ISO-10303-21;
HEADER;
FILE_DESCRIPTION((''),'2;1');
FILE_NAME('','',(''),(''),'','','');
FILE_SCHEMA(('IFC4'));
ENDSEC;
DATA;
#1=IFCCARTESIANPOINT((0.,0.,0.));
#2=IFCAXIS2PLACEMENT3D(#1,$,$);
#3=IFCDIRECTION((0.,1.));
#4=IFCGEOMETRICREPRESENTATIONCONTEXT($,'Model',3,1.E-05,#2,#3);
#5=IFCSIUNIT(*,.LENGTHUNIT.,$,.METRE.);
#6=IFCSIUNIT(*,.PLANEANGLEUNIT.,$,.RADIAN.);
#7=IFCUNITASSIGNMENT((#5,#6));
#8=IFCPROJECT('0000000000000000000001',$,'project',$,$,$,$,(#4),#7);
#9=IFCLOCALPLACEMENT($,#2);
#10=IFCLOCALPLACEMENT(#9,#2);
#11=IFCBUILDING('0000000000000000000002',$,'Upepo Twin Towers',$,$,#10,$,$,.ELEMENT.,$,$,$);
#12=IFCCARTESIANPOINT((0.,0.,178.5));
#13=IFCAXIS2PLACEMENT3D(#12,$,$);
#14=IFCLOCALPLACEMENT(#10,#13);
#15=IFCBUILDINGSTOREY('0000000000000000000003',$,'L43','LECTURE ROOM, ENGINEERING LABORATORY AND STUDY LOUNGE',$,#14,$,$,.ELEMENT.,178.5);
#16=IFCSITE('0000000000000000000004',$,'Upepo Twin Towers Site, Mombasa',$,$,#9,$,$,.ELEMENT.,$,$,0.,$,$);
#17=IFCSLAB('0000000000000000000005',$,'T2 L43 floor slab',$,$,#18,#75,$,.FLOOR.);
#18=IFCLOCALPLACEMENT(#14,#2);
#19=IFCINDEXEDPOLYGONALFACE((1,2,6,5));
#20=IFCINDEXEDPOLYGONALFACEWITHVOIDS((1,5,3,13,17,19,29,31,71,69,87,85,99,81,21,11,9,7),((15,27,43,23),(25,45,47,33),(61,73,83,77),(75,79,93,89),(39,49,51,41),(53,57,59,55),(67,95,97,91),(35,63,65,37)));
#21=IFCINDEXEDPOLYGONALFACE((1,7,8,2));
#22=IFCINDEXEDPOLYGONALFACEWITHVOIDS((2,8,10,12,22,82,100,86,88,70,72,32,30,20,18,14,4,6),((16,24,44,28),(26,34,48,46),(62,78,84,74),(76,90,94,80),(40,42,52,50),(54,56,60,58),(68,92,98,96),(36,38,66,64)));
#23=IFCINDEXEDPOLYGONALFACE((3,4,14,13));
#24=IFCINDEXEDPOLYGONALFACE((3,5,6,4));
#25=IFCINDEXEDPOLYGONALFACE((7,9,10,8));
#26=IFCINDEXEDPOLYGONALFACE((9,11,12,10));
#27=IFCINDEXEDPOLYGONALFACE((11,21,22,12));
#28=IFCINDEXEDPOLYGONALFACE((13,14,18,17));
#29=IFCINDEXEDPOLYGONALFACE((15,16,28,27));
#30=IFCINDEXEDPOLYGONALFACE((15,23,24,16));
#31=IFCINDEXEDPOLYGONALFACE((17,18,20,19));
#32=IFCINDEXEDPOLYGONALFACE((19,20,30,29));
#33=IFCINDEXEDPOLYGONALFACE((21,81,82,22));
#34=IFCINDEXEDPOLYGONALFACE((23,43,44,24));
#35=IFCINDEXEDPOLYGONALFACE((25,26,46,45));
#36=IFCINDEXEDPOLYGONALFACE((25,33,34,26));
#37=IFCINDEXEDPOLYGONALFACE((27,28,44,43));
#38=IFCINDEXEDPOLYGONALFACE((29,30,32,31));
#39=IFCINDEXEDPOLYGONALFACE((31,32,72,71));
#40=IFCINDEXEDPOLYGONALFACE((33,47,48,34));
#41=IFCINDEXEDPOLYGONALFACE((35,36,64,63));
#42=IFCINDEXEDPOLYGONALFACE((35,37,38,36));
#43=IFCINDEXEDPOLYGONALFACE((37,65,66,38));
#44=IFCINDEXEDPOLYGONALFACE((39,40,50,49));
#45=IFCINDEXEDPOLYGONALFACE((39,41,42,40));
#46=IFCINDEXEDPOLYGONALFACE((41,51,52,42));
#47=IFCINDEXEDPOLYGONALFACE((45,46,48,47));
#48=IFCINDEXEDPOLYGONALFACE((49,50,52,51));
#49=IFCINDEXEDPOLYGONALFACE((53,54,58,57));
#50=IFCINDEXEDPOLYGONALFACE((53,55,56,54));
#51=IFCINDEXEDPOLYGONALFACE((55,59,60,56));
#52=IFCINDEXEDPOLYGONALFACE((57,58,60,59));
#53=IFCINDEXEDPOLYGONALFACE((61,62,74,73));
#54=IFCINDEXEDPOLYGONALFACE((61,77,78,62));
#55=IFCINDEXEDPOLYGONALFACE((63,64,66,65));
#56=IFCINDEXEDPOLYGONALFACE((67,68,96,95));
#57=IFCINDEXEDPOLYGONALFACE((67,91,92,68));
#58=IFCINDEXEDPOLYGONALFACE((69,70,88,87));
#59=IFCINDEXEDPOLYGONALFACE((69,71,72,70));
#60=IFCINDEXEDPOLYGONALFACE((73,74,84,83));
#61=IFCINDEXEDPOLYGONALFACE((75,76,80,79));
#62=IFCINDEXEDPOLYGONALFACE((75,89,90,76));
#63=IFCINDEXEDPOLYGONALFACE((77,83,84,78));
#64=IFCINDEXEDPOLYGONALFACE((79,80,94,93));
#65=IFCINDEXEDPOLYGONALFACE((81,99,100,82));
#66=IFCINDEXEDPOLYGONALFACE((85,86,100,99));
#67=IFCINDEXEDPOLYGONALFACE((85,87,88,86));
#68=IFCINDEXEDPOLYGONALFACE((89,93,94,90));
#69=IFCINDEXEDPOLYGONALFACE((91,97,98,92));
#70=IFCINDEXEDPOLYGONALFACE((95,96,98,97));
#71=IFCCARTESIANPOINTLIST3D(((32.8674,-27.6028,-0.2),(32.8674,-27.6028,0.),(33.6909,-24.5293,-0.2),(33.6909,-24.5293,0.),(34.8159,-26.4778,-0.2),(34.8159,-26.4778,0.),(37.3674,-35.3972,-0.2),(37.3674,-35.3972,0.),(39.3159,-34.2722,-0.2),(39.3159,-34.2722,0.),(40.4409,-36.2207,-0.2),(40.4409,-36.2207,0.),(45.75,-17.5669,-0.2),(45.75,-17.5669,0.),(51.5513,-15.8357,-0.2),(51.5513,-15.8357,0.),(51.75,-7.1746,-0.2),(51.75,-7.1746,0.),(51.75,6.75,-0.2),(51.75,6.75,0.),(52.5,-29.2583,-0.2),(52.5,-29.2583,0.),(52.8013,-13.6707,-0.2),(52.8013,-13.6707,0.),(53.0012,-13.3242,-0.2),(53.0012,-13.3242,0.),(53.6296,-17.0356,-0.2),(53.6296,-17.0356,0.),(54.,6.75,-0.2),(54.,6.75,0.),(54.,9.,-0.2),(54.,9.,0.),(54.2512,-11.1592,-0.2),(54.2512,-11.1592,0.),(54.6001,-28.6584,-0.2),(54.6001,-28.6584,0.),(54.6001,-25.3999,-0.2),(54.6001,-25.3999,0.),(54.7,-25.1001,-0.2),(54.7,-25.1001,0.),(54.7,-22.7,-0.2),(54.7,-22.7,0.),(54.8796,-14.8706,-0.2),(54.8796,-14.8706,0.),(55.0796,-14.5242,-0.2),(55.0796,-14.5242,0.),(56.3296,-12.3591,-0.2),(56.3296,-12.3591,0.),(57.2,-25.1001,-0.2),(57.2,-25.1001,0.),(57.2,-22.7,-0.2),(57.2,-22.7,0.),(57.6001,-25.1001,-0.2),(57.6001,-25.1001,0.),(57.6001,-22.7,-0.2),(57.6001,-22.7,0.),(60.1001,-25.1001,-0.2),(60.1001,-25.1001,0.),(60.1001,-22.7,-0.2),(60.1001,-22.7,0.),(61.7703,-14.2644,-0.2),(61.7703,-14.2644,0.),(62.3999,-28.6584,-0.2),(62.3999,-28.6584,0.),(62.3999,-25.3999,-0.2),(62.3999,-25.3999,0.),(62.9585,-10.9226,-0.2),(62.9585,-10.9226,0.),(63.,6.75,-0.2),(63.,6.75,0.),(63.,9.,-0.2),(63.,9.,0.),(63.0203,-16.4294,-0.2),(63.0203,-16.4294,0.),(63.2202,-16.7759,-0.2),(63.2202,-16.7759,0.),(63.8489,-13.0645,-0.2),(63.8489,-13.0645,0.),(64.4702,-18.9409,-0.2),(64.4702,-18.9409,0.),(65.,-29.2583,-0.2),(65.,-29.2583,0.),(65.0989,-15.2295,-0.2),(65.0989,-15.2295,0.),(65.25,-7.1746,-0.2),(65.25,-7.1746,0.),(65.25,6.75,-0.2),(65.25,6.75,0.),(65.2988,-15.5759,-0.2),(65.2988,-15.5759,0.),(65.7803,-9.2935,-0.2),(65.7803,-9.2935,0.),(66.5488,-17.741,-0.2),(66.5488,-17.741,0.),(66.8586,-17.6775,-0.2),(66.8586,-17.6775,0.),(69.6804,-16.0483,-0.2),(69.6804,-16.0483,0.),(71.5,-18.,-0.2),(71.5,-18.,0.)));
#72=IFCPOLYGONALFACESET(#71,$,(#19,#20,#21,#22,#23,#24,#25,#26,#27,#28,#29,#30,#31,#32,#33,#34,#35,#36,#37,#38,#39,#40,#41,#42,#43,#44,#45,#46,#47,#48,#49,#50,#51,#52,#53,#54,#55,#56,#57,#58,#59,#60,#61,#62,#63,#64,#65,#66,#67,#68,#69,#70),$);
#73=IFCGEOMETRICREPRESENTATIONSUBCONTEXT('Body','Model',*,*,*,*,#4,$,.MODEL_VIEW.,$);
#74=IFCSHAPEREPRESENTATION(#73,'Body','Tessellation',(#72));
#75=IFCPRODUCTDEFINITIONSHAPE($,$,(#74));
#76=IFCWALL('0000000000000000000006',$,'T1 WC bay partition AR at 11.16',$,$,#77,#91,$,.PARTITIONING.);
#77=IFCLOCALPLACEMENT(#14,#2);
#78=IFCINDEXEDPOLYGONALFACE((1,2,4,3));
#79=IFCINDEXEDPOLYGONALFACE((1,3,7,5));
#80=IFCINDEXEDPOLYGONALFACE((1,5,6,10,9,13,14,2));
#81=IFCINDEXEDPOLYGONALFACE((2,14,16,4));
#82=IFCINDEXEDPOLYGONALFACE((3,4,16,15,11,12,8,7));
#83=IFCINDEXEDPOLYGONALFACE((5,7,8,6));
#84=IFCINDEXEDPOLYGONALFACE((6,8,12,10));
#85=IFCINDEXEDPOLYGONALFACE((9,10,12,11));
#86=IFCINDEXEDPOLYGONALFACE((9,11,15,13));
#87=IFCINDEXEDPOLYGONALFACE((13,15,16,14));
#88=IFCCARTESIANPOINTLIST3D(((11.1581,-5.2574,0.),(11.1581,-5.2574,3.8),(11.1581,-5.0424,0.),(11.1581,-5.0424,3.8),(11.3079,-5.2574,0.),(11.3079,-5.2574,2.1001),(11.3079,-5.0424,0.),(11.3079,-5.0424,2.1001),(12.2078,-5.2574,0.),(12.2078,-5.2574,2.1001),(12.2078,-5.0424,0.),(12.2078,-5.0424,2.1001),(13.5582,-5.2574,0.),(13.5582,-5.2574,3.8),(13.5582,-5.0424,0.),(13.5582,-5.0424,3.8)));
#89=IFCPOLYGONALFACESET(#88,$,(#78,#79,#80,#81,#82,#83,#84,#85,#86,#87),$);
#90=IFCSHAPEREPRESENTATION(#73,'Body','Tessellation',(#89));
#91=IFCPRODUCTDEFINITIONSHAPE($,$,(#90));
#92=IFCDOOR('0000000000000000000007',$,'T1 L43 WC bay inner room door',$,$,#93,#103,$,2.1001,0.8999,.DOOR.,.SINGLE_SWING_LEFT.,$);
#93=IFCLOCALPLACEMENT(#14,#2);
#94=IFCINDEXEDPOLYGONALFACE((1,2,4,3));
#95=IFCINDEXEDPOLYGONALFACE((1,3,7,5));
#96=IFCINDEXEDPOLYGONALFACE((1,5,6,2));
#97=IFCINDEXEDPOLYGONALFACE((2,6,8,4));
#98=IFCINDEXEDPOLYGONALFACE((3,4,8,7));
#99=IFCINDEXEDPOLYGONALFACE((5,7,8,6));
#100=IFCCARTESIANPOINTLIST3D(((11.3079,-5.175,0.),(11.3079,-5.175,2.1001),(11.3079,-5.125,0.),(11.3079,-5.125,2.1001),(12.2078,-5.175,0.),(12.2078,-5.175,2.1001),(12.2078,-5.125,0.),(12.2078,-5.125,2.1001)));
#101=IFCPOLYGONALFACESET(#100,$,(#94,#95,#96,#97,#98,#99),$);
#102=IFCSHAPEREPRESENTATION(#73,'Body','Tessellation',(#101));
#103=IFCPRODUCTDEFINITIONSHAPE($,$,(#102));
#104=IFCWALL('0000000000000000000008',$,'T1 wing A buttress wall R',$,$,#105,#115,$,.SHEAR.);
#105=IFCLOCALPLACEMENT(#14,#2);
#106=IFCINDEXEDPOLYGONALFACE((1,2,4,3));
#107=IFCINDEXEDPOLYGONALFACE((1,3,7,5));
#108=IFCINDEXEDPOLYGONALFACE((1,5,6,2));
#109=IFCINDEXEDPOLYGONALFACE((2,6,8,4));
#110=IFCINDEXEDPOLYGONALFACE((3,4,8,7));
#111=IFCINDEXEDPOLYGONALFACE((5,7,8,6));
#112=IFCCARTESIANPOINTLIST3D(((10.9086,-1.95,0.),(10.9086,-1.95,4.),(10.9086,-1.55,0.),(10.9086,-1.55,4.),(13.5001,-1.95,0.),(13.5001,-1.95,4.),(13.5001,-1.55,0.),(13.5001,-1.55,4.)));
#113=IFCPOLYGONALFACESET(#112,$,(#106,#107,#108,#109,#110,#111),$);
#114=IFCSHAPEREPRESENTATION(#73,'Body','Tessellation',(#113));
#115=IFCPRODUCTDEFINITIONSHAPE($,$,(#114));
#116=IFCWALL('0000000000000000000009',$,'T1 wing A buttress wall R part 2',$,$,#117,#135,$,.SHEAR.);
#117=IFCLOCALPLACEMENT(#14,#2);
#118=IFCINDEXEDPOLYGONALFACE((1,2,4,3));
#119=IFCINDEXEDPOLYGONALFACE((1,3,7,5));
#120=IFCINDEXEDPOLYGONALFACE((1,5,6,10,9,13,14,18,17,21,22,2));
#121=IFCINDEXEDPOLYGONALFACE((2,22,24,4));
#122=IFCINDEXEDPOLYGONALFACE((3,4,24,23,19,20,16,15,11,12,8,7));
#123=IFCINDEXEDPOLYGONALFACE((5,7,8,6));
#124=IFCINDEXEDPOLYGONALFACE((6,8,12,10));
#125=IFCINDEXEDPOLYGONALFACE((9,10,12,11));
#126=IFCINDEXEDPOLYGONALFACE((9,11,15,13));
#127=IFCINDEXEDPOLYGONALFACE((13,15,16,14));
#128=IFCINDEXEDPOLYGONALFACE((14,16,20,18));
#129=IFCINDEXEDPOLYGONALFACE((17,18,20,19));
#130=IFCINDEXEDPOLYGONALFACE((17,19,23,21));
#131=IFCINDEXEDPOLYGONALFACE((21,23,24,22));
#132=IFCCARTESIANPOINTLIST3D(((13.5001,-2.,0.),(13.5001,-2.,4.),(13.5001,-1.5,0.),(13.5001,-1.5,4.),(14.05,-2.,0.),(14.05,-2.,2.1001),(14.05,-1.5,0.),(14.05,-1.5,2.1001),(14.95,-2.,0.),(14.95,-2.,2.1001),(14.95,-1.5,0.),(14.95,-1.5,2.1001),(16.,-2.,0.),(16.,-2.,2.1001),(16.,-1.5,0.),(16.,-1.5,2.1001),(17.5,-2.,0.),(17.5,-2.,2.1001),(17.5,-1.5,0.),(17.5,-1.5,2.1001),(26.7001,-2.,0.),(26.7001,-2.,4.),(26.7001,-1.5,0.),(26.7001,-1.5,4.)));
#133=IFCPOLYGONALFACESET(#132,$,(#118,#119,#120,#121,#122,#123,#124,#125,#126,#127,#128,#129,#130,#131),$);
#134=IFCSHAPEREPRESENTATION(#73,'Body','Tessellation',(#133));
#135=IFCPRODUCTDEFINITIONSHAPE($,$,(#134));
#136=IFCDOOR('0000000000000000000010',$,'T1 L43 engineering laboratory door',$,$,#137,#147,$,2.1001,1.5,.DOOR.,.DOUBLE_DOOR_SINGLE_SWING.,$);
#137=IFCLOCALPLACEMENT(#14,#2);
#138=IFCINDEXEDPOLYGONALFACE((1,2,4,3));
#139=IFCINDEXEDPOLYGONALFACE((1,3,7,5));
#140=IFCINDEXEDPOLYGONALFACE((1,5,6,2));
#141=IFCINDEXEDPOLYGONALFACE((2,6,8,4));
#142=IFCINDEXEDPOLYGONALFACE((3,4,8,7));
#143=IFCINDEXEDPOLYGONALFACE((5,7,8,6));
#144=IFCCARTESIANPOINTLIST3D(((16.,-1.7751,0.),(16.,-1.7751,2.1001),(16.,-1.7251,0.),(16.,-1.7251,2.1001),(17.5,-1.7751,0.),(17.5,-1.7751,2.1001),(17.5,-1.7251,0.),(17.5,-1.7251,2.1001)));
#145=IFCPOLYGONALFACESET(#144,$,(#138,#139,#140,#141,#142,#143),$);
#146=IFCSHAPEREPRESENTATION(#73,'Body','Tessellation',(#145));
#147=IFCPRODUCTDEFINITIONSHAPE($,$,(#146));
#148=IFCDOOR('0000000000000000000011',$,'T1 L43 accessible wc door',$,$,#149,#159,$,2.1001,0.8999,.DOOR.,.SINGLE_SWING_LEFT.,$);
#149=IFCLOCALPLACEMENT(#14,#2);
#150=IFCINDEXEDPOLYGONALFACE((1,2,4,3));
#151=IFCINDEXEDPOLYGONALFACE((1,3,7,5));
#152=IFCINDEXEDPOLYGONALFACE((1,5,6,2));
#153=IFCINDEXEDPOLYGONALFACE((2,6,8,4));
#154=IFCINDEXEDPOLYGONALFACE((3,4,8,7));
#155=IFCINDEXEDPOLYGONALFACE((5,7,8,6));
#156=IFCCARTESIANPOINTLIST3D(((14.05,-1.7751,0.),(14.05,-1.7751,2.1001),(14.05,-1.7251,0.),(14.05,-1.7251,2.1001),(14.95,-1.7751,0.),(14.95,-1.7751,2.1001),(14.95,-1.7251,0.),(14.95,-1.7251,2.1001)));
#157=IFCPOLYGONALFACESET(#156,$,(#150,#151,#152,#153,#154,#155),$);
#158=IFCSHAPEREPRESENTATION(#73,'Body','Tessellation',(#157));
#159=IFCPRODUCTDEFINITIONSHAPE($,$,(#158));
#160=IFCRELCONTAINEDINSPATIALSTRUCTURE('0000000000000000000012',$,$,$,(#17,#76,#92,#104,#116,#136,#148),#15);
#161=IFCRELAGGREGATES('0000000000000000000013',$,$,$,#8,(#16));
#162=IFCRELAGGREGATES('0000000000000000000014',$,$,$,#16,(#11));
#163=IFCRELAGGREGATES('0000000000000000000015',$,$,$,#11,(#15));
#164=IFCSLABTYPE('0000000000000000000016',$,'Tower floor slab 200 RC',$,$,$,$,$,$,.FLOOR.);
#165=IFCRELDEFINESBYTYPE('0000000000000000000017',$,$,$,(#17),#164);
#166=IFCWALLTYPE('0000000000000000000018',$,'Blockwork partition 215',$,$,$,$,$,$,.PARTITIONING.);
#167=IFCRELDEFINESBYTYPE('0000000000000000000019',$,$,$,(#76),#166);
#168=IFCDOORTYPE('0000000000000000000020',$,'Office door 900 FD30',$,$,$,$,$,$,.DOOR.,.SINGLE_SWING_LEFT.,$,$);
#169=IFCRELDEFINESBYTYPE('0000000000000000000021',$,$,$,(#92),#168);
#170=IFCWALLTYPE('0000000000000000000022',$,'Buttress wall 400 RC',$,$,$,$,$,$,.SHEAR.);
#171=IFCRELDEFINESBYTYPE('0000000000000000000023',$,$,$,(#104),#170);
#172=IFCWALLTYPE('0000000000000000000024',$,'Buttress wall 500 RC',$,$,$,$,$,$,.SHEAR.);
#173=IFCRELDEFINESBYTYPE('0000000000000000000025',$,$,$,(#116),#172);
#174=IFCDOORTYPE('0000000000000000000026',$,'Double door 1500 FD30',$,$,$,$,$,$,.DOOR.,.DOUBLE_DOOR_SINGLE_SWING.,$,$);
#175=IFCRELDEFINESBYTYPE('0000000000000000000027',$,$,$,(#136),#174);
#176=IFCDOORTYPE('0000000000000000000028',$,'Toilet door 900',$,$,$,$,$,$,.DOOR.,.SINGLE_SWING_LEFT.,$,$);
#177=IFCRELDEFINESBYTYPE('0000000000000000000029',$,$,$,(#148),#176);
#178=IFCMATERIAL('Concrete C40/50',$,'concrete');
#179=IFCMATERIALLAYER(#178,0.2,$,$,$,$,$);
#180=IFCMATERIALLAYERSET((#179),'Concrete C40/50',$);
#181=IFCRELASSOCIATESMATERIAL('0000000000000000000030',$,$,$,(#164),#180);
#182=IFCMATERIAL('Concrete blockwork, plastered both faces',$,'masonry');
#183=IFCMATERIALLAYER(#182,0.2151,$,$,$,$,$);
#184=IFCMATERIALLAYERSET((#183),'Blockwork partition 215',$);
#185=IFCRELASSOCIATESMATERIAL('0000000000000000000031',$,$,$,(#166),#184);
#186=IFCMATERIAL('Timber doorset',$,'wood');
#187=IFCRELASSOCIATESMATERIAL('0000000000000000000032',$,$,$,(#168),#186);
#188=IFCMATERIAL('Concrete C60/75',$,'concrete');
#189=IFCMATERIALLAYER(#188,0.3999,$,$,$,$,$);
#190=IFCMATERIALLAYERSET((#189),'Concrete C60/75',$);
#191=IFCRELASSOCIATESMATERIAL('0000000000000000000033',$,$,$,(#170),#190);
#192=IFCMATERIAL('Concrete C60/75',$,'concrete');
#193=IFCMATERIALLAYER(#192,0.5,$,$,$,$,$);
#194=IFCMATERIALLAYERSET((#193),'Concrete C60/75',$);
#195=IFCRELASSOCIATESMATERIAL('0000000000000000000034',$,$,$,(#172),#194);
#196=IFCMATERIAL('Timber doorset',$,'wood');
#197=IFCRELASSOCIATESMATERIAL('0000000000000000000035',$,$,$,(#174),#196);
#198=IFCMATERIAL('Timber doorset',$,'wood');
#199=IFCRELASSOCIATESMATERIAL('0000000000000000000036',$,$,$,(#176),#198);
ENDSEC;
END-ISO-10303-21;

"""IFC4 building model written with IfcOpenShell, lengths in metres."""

from ifc_helpers import new_model, si_unit, direction, frame, frame_2d, origin, place, context, subcontext, project, spatial, polyline, rectangle, outline, extrude, material, layer, layer_set, type_object, element, fill, save


model = new_model("IFC4")

# Units and contexts
model_context = context("Model", 3, precision=1e-05, world=origin(), true_north=direction((0.0, 1.0)))
body_context = subcontext(model_context, "Body", "Model", "MODEL_VIEW")
ifc_project = project(units=[si_unit("LENGTHUNIT", "METRE"), si_unit("PLANEANGLEUNIT", "RADIAN")], contexts=[model_context])

# Site, building, storey
site_placement = place(None, origin())
site = spatial("IfcSite", under=ifc_project, at=site_placement, Name="Upepo Twin Towers Site, Mombasa", CompositionType="ELEMENT", RefElevation=0.0)
building_placement = place(site_placement, origin())
building = spatial("IfcBuilding", under=site, at=building_placement, Name="Upepo Twin Towers", CompositionType="ELEMENT")
storey_placement = place(building_placement, frame((0.0, 0.0, 178.5)))
storey = spatial("IfcBuildingStorey", under=building, at=storey_placement, Name="L43", Description="LECTURE ROOM, ENGINEERING LABORATORY AND STUDY LOUNGE", CompositionType="ELEMENT", Elevation=178.5)

# Slab
ifc_material_1 = material(Name="Concrete C40/50", Category="concrete")
ifc_layer_1 = layer(ifc_material_1, 0.2)
ifc_layer_set_1 = layer_set([ifc_layer_1], Name="Concrete C40/50")
slab_type_1 = type_object("IfcSlabType", Name="Tower floor slab 200 RC", PredefinedType="FLOOR", material=ifc_layer_set_1)
slab_1_placement = place(storey_placement, frame((0.0, 0.0, -0.2)))
element("IfcSlab", 1, at=slab_1_placement, inside=storey, type_object=slab_type_1, Name="T2 L43 floor slab", PredefinedType="FLOOR", context=body_context, shape_type="SweptSolid", body=[
    extrude(outline(polyline([(51.75, -7.1746), (51.75, 6.75), (54.0, 6.75), (54.0, 9.0), (63.0, 9.0), (63.0, 6.75), (65.25, 6.75), (65.25, -7.1746), (71.5, -18.0), (65.0, -29.2583), (52.5, -29.2583), (40.4409, -36.2207), (39.3159, -34.2722), (37.3674, -35.3972), (32.8674, -27.6028), (34.8159, -26.4778), (33.6909, -24.5293), (45.75, -17.5669), (51.75, -7.1746)]), holes=[polyline([(56.3296, -12.3591), (54.2512, -11.1592), (53.0012, -13.3242), (55.0796, -14.5242), (56.3296, -12.3591)]), polyline([(54.8796, -14.8706), (52.8013, -13.6707), (51.5513, -15.8357), (53.6296, -17.0356), (54.8796, -14.8706)]), polyline([(54.7, -22.7), (54.7, -25.1001), (57.2, -25.1001), (57.2, -22.7), (54.7, -22.7)]), polyline([(57.6001, -22.7), (57.6001, -25.1001), (60.1001, -25.1001), (60.1001, -22.7), (57.6001, -22.7)]), polyline([(54.6001, -25.3999), (54.6001, -28.6584), (62.3999, -28.6584), (62.3999, -25.3999), (54.6001, -25.3999)]), polyline([(64.4702, -18.9409), (66.5488, -17.741), (65.2988, -15.5759), (63.2202, -16.7759), (64.4702, -18.9409)]), polyline([(63.0203, -16.4294), (65.0989, -15.2295), (63.8489, -13.0645), (61.7703, -14.2644), (63.0203, -16.4294)]), polyline([(66.8586, -17.6775), (69.6804, -16.0483), (65.7803, -9.2935), (62.9585, -10.9226), (66.8586, -17.6775)])]), origin(), (0.0, 0.0, 1.0), 0.2),
])

# Wall, opening, door
ifc_material_2 = material(Name="Concrete blockwork, plastered both faces", Category="masonry")
ifc_layer_2 = layer(ifc_material_2, 0.2151)
ifc_layer_set_2 = layer_set([ifc_layer_2], Name="Blockwork partition 215")
wall_type_1 = type_object("IfcWallType", Name="Blockwork partition 215", PredefinedType="PARTITIONING", material=ifc_layer_set_2)
wall_1_placement = place(storey_placement, frame((11.158, -5.1499, 0.0), z_axis=(0.0, 0.0, 1.0), x_axis=(1.0, 0.0, 0.0)))
wall_1 = element("IfcWall", 2, at=wall_1_placement, inside=storey, type_object=wall_type_1, Name="T1 WC bay partition AR at 11.16", PredefinedType="PARTITIONING", context=body_context, shape_type="SweptSolid", body=[
    extrude(rectangle(XDim=2.4001, YDim=0.2151, at=frame_2d((1.2002, 0.0))), origin(), (0.0, 0.0, 1.0), 3.8),
])
opening_1_placement = place(wall_1_placement, frame((0.1499, 0.0, 0.0)))
opening_1 = element("IfcOpeningElement", 3, at=opening_1_placement, cuts=wall_1, PredefinedType="OPENING", context=body_context, shape_type="SweptSolid", body=[
    extrude(rectangle(XDim=0.8999, YDim=2.1001, at=frame_2d((0.45, 1.05))), frame((0.0, 0.1174, 0.0), z_axis=(0.0, -1.0, 0.0), x_axis=(1.0, 0.0, 0.0)), (0.0, 0.0, 1.0), 0.2351),
])
ifc_material_3 = material(Name="Timber doorset", Category="wood")
door_type_1 = type_object("IfcDoorType", Name="Office door 900 FD30", OperationType="SINGLE_SWING_LEFT", PredefinedType="DOOR", material=ifc_material_3)
door_1_placement = place(opening_1_placement, origin())
door_1 = element("IfcDoor", 4, at=door_1_placement, inside=storey, type_object=door_type_1, Name="T1 L43 WC bay inner room door", OperationType="SINGLE_SWING_LEFT", OverallHeight=2.1001, OverallWidth=0.8999, PredefinedType="DOOR", context=body_context, shape_type="SweptSolid", body=[
    extrude(rectangle(XDim=0.8999, YDim=2.1001, at=frame_2d((0.45, 1.05))), frame((0.0, 0.0249, 0.0), z_axis=(0.0, -1.0, 0.0), x_axis=(1.0, 0.0, 0.0)), (0.0, 0.0, 1.0), 0.05),
])
fill(opening_1, door_1)

# Wall
ifc_material_4 = material(Name="Concrete C60/75", Category="concrete")
ifc_layer_3 = layer(ifc_material_4, 0.3999)
ifc_layer_set_3 = layer_set([ifc_layer_3], Name="Concrete C60/75")
wall_type_2 = type_object("IfcWallType", Name="Buttress wall 400 RC", PredefinedType="SHEAR", material=ifc_layer_set_3)
wall_2_placement = place(storey_placement, frame((10.9084, -1.75, 0.0), z_axis=(0.0, 0.0, 1.0), x_axis=(1.0, 0.0, 0.0)))
element("IfcWall", 5, at=wall_2_placement, inside=storey, type_object=wall_type_2, Name="T1 wing A buttress wall R", PredefinedType="SHEAR", context=body_context, shape_type="SweptSolid", body=[
    extrude(rectangle(XDim=2.5916, YDim=0.3999, at=frame_2d((1.2959, 0.0))), origin(), (0.0, 0.0, 1.0), 4.0),
])

# Wall, openings, doors
ifc_material_5 = material(Name="Concrete C60/75", Category="concrete")
ifc_layer_4 = layer(ifc_material_5, 0.5)
ifc_layer_set_4 = layer_set([ifc_layer_4], Name="Concrete C60/75")
wall_type_3 = type_object("IfcWallType", Name="Buttress wall 500 RC", PredefinedType="SHEAR", material=ifc_layer_set_4)
wall_3_placement = place(storey_placement, frame((13.5, -1.75, 0.0), z_axis=(0.0, 0.0, 1.0), x_axis=(1.0, 0.0, 0.0)))
wall_3 = element("IfcWall", 6, at=wall_3_placement, inside=storey, type_object=wall_type_3, Name="T1 wing A buttress wall R part 2", PredefinedType="SHEAR", context=body_context, shape_type="SweptSolid", body=[
    extrude(rectangle(XDim=13.2, YDim=0.5, at=frame_2d((6.6001, 0.0))), origin(), (0.0, 0.0, 1.0), 4.0),
])
opening_2_placement = place(wall_3_placement, frame((0.55, 0.0, 0.0)))
opening_2 = element("IfcOpeningElement", 7, at=opening_2_placement, cuts=wall_3, PredefinedType="OPENING", context=body_context, shape_type="SweptSolid", body=[
    extrude(rectangle(XDim=0.8999, YDim=2.1001, at=frame_2d((0.45, 1.05))), frame((0.0, 0.26, 0.0), z_axis=(0.0, -1.0, 0.0), x_axis=(1.0, 0.0, 0.0)), (0.0, 0.0, 1.0), 0.52),
])
opening_3_placement = place(wall_3_placement, frame((2.5, 0.0, 0.0)))
opening_3 = element("IfcOpeningElement", 8, at=opening_3_placement, cuts=wall_3, PredefinedType="OPENING", context=body_context, shape_type="SweptSolid", body=[
    extrude(rectangle(XDim=1.5, YDim=2.1001, at=frame_2d((0.75, 1.05))), frame((0.0, 0.26, 0.0), z_axis=(0.0, -1.0, 0.0), x_axis=(1.0, 0.0, 0.0)), (0.0, 0.0, 1.0), 0.52),
])
ifc_material_6 = material(Name="Timber doorset", Category="wood")
door_type_2 = type_object("IfcDoorType", Name="Double door 1500 FD30", OperationType="DOUBLE_DOOR_SINGLE_SWING", PredefinedType="DOOR", material=ifc_material_6)
door_2_placement = place(opening_3_placement, origin())
door_2 = element("IfcDoor", 9, at=door_2_placement, inside=storey, type_object=door_type_2, Name="T1 L43 engineering laboratory door", OperationType="DOUBLE_DOOR_SINGLE_SWING", OverallHeight=2.1001, OverallWidth=1.5, PredefinedType="DOOR", context=body_context, shape_type="SweptSolid", body=[
    extrude(rectangle(XDim=1.5, YDim=2.1001, at=frame_2d((0.75, 1.05))), frame((0.0, 0.0249, 0.0), z_axis=(0.0, -1.0, 0.0), x_axis=(1.0, 0.0, 0.0)), (0.0, 0.0, 1.0), 0.05),
])
fill(opening_3, door_2)
ifc_material_7 = material(Name="Timber doorset", Category="wood")
door_type_3 = type_object("IfcDoorType", Name="Toilet door 900", OperationType="SINGLE_SWING_LEFT", PredefinedType="DOOR", material=ifc_material_7)
door_3_placement = place(opening_2_placement, origin())
door_3 = element("IfcDoor", 10, at=door_3_placement, inside=storey, type_object=door_type_3, Name="T1 L43 accessible wc door", OperationType="SINGLE_SWING_LEFT", OverallHeight=2.1001, OverallWidth=0.8999, PredefinedType="DOOR", context=body_context, shape_type="SweptSolid", body=[
    extrude(rectangle(XDim=0.8999, YDim=2.1001, at=frame_2d((0.45, 1.05))), frame((0.0, 0.0249, 0.0), z_axis=(0.0, -1.0, 0.0), x_axis=(1.0, 0.0, 0.0)), (0.0, 0.0, 1.0), 0.05),
])
fill(opening_2, door_3)

save(model, "model.ifc")
